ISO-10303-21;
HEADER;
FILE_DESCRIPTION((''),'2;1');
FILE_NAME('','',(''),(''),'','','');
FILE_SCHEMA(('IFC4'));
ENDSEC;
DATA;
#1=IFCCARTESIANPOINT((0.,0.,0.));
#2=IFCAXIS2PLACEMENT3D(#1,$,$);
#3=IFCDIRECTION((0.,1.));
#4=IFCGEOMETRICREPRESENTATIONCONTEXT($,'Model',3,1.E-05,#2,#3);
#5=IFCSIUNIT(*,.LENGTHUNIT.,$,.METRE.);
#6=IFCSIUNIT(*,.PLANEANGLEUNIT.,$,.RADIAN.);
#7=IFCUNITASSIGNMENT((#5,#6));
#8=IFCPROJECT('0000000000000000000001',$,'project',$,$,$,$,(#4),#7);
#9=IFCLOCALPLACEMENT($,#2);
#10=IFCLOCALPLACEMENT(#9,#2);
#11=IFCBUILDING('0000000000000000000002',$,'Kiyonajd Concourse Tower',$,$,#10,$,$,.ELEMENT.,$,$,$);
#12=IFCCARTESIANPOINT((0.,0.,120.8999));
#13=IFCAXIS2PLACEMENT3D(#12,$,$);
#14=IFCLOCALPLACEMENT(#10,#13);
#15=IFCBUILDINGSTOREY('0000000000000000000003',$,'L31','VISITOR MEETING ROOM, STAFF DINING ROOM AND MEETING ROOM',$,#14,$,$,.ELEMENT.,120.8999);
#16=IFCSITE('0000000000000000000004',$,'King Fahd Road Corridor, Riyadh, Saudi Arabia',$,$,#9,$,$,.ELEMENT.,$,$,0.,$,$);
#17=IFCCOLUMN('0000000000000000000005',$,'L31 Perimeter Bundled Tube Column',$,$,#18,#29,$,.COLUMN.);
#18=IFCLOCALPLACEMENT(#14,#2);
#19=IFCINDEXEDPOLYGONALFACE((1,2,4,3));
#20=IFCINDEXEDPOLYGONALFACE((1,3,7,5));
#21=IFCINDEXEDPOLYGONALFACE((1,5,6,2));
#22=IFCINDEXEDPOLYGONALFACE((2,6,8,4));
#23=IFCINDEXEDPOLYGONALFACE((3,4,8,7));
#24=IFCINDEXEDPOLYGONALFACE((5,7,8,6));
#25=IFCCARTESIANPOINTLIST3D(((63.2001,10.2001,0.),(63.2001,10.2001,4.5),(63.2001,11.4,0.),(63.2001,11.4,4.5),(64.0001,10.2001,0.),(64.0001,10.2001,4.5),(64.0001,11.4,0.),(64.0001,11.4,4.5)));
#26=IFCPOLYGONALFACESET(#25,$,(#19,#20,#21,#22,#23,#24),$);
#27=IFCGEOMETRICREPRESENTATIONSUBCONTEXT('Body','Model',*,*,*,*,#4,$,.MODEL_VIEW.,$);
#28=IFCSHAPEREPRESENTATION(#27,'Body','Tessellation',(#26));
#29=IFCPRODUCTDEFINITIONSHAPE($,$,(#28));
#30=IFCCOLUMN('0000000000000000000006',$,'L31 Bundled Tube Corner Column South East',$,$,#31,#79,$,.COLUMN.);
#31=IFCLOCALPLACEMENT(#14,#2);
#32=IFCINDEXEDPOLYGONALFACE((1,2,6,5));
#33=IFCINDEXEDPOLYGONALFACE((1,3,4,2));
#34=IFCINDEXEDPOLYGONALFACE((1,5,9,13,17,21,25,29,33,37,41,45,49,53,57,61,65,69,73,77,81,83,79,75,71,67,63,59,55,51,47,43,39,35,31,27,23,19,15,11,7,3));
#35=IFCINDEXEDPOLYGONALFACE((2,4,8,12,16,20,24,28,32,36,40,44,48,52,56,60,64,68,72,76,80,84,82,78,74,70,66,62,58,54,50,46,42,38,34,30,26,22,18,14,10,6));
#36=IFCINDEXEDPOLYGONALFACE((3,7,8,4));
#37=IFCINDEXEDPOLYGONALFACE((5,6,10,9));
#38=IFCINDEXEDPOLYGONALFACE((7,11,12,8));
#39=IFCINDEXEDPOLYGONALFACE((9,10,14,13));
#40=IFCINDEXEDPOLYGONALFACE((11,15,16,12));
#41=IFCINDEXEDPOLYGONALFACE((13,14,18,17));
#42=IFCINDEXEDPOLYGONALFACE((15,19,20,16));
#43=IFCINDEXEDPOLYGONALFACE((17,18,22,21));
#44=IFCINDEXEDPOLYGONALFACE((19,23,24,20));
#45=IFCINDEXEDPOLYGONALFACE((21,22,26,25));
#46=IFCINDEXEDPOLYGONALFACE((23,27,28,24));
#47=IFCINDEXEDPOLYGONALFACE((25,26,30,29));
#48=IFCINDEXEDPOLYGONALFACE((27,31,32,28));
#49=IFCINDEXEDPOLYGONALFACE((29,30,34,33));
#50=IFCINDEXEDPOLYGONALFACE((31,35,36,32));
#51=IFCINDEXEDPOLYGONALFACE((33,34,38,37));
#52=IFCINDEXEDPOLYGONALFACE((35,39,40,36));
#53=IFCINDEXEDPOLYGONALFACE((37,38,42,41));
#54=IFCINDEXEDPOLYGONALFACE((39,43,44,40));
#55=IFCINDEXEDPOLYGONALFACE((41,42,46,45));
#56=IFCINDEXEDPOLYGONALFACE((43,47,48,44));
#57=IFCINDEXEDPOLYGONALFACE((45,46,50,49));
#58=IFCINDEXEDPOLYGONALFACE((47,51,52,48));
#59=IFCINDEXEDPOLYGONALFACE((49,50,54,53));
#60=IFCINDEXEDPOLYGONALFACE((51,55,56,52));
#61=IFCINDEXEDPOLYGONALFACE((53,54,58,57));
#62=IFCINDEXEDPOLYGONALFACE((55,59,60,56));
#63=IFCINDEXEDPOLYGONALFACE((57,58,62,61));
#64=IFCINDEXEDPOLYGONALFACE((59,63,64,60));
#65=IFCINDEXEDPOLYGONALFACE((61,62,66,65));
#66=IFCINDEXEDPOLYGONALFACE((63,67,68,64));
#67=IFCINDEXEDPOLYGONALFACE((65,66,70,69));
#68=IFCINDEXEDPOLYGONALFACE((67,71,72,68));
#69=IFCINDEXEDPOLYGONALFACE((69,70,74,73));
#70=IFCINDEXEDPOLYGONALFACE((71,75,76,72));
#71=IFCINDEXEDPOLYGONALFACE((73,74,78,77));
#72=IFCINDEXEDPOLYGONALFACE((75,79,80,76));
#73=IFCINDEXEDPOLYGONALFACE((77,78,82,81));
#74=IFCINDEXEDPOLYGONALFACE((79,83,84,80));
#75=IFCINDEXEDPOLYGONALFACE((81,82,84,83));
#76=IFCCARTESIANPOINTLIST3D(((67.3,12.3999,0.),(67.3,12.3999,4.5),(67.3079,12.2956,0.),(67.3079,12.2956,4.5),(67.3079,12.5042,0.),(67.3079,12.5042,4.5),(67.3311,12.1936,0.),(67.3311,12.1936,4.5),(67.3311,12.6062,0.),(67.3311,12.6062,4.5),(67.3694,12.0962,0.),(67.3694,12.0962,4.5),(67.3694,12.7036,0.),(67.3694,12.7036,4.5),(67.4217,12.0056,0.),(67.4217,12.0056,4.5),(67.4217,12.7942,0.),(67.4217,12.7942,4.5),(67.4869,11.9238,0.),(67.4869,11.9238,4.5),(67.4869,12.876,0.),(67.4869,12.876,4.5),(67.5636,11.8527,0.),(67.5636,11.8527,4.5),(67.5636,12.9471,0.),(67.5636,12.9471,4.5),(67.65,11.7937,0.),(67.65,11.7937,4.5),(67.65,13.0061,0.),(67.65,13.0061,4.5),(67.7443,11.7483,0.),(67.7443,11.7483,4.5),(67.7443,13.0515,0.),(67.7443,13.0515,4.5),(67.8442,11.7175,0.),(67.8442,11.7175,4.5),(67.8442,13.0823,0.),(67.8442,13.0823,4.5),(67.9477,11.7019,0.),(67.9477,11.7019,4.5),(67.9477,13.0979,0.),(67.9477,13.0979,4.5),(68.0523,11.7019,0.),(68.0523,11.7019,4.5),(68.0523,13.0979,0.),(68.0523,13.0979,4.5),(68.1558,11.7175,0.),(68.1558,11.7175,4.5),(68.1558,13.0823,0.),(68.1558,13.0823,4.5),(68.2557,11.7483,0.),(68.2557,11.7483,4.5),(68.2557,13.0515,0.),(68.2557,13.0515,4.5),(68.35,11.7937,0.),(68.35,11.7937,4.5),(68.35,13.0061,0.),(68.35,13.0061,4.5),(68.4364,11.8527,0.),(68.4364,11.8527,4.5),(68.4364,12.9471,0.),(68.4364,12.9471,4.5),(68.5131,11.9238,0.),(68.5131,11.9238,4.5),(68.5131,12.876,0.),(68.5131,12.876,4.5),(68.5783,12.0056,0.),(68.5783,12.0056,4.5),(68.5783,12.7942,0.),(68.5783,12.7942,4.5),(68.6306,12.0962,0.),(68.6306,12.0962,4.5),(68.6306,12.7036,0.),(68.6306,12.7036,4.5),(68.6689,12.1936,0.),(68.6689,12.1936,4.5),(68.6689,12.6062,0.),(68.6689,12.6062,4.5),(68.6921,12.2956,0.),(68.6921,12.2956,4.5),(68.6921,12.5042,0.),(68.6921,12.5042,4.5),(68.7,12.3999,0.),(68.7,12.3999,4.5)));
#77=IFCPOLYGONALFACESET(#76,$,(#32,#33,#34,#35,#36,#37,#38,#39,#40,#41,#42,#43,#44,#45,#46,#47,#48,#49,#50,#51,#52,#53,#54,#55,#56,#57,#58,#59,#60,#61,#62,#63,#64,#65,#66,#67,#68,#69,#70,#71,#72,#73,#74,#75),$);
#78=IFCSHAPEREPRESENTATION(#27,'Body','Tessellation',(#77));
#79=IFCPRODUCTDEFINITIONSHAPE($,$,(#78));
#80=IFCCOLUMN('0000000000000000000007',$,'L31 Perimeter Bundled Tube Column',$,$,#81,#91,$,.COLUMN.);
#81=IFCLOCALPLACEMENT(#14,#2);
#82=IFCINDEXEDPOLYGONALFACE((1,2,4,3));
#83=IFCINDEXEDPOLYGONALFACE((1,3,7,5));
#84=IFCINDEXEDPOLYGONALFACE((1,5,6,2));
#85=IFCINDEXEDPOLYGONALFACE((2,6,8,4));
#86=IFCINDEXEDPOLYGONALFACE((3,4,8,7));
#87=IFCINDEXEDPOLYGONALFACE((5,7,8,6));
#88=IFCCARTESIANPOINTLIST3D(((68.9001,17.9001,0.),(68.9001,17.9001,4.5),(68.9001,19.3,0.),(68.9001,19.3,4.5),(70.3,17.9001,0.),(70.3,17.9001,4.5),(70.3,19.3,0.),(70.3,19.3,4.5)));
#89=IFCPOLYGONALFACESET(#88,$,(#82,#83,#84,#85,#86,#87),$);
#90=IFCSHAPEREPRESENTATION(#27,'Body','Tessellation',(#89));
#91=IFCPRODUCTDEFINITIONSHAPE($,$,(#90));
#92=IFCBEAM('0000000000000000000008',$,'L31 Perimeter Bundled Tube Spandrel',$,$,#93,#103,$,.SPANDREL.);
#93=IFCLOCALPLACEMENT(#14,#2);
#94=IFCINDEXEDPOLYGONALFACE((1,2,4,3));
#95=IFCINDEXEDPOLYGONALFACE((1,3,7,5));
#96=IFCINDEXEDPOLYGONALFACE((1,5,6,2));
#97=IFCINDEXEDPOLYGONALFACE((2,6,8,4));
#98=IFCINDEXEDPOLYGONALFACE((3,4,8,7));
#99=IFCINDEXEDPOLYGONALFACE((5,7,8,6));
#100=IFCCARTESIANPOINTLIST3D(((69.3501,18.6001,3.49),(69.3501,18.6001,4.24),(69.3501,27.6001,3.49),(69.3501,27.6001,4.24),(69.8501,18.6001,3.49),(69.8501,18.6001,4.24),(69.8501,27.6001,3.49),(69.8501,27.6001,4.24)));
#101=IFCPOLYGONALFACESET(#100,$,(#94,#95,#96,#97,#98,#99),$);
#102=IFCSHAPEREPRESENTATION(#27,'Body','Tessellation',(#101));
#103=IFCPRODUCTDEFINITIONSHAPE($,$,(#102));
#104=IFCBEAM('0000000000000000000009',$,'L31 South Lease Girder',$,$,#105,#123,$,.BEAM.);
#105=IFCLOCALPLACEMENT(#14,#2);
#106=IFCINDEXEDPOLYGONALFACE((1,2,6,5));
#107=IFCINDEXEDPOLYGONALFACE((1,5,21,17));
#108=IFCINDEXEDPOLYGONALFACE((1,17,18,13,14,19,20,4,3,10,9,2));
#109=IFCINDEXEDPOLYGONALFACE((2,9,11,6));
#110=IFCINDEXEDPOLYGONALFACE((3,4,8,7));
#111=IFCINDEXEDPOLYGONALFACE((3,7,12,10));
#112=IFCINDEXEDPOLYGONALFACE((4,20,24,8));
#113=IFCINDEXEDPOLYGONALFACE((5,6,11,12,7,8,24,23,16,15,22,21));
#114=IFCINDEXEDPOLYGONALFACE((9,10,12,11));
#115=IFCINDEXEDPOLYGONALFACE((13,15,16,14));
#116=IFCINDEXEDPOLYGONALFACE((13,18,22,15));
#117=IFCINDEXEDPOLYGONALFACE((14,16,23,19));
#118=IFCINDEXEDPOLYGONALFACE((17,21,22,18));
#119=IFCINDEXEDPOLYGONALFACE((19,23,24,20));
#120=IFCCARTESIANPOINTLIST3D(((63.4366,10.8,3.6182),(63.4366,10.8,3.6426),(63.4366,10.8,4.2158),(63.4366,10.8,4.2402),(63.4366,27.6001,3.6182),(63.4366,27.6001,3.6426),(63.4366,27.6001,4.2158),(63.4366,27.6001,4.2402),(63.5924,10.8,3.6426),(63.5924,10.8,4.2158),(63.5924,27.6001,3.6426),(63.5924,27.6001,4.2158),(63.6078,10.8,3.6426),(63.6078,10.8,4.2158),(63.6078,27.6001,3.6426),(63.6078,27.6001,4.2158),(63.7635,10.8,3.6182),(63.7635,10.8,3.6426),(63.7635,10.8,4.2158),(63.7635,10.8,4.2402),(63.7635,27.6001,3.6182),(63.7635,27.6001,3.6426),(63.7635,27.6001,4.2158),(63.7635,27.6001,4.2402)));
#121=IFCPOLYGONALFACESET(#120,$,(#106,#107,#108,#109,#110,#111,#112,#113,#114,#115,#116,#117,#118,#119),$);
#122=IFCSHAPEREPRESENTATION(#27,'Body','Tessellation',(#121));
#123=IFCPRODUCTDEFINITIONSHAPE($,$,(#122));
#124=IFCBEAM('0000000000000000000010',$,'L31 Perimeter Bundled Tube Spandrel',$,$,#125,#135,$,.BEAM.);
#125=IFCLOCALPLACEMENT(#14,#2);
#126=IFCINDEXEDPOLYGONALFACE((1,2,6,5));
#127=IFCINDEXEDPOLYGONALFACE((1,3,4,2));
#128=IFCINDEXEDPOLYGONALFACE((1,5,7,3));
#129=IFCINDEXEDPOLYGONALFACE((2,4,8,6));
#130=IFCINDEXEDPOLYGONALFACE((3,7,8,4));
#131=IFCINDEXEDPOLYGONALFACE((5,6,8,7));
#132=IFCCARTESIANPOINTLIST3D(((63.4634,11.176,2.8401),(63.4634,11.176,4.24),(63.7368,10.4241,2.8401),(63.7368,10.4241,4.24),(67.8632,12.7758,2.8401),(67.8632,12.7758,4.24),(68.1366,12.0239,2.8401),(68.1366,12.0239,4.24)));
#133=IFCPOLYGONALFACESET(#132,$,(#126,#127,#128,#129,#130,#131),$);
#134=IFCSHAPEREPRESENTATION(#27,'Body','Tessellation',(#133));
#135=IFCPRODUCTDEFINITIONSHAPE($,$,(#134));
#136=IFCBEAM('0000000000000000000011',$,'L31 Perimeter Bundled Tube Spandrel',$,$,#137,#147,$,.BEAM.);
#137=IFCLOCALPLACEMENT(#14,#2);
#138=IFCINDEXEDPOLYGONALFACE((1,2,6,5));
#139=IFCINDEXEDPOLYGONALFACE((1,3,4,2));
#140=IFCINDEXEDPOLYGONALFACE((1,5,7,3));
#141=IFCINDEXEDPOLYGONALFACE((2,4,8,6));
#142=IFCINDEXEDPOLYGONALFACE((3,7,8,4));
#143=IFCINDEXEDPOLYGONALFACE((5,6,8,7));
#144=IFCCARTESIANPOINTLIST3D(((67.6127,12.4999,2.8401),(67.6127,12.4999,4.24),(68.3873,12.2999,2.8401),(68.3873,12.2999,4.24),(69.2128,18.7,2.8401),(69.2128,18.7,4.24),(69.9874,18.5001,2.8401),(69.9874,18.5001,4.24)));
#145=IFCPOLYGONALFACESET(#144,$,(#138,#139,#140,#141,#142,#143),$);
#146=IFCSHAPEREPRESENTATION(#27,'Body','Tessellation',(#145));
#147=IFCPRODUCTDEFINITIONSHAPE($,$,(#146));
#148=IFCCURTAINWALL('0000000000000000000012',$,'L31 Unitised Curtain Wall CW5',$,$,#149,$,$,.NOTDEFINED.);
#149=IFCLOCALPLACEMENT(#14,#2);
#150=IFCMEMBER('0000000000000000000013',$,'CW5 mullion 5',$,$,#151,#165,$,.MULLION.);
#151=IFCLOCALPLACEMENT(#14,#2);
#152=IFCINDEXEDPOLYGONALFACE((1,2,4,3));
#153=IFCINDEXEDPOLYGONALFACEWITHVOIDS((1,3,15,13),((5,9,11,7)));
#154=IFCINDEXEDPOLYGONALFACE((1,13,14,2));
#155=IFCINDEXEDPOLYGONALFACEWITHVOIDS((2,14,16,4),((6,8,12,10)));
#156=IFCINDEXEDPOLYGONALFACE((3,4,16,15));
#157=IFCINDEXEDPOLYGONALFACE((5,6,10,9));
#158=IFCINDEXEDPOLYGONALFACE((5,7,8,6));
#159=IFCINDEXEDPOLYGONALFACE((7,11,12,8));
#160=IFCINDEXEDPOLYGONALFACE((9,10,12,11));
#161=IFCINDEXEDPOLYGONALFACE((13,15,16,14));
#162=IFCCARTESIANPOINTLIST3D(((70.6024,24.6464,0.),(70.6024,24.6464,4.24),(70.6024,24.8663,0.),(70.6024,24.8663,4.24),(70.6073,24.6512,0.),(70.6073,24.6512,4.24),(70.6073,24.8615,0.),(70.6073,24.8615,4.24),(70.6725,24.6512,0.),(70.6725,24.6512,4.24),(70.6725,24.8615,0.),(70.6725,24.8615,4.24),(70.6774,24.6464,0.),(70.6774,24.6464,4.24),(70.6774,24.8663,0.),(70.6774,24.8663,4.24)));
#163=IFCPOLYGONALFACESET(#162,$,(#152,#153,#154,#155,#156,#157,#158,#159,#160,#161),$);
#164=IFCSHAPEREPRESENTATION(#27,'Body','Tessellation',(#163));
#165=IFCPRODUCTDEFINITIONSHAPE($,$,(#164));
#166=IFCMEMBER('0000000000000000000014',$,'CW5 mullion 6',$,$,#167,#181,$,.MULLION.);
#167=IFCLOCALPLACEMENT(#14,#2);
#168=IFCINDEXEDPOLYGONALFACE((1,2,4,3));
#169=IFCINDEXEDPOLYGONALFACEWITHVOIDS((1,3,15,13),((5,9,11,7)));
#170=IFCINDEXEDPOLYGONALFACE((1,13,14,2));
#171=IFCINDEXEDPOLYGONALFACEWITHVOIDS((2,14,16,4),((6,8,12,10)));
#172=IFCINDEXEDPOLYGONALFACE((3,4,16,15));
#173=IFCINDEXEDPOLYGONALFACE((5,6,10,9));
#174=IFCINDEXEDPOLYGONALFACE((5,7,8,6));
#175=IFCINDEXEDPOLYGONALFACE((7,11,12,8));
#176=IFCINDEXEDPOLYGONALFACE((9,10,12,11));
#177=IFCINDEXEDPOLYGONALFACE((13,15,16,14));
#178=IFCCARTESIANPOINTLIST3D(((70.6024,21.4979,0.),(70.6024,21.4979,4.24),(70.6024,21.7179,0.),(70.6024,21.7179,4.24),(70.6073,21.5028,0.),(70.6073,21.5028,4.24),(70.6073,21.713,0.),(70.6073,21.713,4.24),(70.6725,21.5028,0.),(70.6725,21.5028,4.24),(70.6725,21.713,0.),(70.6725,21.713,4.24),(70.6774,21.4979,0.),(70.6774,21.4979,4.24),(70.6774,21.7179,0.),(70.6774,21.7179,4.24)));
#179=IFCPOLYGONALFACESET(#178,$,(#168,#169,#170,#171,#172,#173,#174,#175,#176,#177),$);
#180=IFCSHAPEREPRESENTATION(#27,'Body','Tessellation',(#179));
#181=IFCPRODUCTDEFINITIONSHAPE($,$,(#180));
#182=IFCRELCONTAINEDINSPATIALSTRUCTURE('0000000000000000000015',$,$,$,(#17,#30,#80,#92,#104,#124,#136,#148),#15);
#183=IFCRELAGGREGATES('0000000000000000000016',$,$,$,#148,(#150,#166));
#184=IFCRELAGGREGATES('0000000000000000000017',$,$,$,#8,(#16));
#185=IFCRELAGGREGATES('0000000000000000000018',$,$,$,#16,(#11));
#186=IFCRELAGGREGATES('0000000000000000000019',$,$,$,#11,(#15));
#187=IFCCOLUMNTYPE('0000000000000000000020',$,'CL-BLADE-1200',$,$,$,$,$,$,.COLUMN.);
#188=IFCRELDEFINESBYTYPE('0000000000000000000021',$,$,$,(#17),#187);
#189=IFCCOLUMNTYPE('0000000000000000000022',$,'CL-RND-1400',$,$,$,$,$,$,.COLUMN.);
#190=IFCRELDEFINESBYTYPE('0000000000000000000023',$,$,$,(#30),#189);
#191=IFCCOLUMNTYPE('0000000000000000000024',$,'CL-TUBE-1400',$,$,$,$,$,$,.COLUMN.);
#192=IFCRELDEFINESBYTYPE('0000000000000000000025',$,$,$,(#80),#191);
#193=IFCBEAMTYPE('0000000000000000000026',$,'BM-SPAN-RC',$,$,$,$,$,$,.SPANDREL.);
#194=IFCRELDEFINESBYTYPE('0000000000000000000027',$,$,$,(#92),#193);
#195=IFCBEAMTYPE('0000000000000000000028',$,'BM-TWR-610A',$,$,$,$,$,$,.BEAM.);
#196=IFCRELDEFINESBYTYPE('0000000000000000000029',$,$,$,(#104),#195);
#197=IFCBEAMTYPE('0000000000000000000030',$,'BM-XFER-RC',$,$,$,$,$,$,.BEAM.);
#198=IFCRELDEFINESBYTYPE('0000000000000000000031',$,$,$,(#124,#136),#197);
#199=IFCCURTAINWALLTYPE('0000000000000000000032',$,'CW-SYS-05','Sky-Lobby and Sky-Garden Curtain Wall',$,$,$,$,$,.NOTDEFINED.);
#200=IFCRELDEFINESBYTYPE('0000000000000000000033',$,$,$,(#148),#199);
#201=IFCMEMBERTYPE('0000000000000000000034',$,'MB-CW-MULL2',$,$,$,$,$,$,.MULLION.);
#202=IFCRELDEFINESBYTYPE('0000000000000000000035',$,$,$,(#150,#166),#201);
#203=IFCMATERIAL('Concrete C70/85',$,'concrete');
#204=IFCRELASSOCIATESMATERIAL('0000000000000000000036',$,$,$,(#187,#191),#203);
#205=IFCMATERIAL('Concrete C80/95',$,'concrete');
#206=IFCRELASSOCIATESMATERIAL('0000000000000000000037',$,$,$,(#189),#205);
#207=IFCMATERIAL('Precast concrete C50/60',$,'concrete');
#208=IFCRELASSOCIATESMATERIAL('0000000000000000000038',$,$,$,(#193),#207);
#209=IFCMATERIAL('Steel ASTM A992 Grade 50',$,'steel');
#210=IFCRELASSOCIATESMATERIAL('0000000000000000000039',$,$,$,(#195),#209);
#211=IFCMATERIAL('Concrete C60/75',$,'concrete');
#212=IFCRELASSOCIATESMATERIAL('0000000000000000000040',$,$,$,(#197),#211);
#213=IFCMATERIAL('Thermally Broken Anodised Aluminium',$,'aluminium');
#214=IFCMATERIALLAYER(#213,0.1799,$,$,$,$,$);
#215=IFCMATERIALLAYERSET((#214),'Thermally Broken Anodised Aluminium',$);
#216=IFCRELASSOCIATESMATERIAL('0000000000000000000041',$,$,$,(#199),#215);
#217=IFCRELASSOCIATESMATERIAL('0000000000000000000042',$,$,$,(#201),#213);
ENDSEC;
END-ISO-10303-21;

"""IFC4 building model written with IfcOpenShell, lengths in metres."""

from ifc_helpers import new_model, si_unit, direction, frame, origin, origin_2d, place, context, subcontext, project, spatial, rectangle, hollow_rectangle, circle, i_section, extrude, material, layer, layer_set, material_profile, profile_set, type_object, element, aggregate, save


model = new_model("IFC4")

# Units and contexts
model_context = context("Model", 3, precision=1e-05, world=origin(), true_north=direction((0.0, 1.0)))
body_context = subcontext(model_context, "Body", "Model", "MODEL_VIEW")
ifc_project = project(units=[si_unit("LENGTHUNIT", "METRE"), si_unit("PLANEANGLEUNIT", "RADIAN")], contexts=[model_context])

# Site, building, storey
site_placement = place(None, origin())
site = spatial("IfcSite", under=ifc_project, at=site_placement, Name="King Fahd Road Corridor, Riyadh, Saudi Arabia", CompositionType="ELEMENT", RefElevation=0.0)
building_placement = place(site_placement, origin())
building = spatial("IfcBuilding", under=site, at=building_placement, Name="Kiyonajd Concourse Tower", CompositionType="ELEMENT")
storey_placement = place(building_placement, frame((0.0, 0.0, 120.8999)))
storey = spatial("IfcBuildingStorey", under=building, at=storey_placement, Name="L31", Description="VISITOR MEETING ROOM, STAFF DINING ROOM AND MEETING ROOM", CompositionType="ELEMENT", Elevation=120.8999)

# Columns
ifc_material_1 = material(Name="Concrete C70/85", Category="concrete")
ifc_material_profile_1 = material_profile(ifc_material_1, rectangle(XDim=0.8, YDim=1.2, at=origin_2d()), Name="RC-1200x800")
ifc_profile_set_1 = profile_set([ifc_material_profile_1], Name="Concrete C70/85")
column_type_1 = type_object("IfcColumnType", Name="CL-BLADE-1200", PredefinedType="COLUMN", material=ifc_profile_set_1)
column_1_placement = place(storey_placement, frame((63.6001, 10.8, 0.0), z_axis=(0.0, 0.0, 1.0), x_axis=(1.0, 0.0, 0.0)))
element("IfcColumn", 1, at=column_1_placement, inside=storey, type_object=column_type_1, Name="L31 Perimeter Bundled Tube Column", PredefinedType="COLUMN", context=body_context, shape_type="SweptSolid", body=[
    extrude(rectangle(XDim=0.8, YDim=1.2, at=origin_2d()), origin(), (0.0, 0.0, 1.0), 4.5),
])
ifc_material_2 = material(Name="Concrete C80/95", Category="concrete")
ifc_material_profile_2 = material_profile(ifc_material_2, circle(Radius=0.7, at=origin_2d()), Name="RCC-D1400")
ifc_profile_set_2 = profile_set([ifc_material_profile_2], Name="Concrete C80/95")
column_type_2 = type_object("IfcColumnType", Name="CL-RND-1400", PredefinedType="COLUMN", material=ifc_profile_set_2)
column_2_placement = place(storey_placement, frame((68.0, 12.3999, 0.0), z_axis=(0.0, 0.0, 1.0), x_axis=(1.0, 0.0, 0.0)))
element("IfcColumn", 2, at=column_2_placement, inside=storey, type_object=column_type_2, Name="L31 Bundled Tube Corner Column South East", PredefinedType="COLUMN", context=body_context, shape_type="SweptSolid", body=[
    extrude(circle(Radius=0.7, at=origin_2d()), origin(), (0.0, 0.0, 1.0), 4.5),
])
ifc_material_profile_3 = material_profile(ifc_material_1, rectangle(XDim=1.3999, YDim=1.3999, at=origin_2d()), Name="RC-1400x1400")
ifc_profile_set_3 = profile_set([ifc_material_profile_3], Name="Concrete C70/85")
column_type_3 = type_object("IfcColumnType", Name="CL-TUBE-1400", PredefinedType="COLUMN", material=ifc_profile_set_3)
column_3_placement = place(storey_placement, frame((69.6001, 18.6001, 0.0), z_axis=(0.0, 0.0, 1.0), x_axis=(1.0, 0.0, 0.0)))
element("IfcColumn", 3, at=column_3_placement, inside=storey, type_object=column_type_3, Name="L31 Perimeter Bundled Tube Column", PredefinedType="COLUMN", context=body_context, shape_type="SweptSolid", body=[
    extrude(rectangle(XDim=1.3999, YDim=1.3999, at=origin_2d()), origin(), (0.0, 0.0, 1.0), 4.5),
])

# Beams
ifc_material_3 = material(Name="Precast concrete C50/60", Category="concrete")
ifc_material_profile_4 = material_profile(ifc_material_3, rectangle(XDim=0.5, YDim=0.75, at=origin_2d()), Name="RCBM-500x750")
ifc_profile_set_4 = profile_set([ifc_material_profile_4], Name="Precast concrete C50/60")
beam_type_1 = type_object("IfcBeamType", Name="BM-SPAN-RC", PredefinedType="SPANDREL", material=ifc_profile_set_4)
beam_1_placement = place(storey_placement, frame((69.6001, 18.6001, 3.865), z_axis=(0.0, 1.0, 0.0), x_axis=(-1.0, 0.0, 0.0)))
element("IfcBeam", 4, at=beam_1_placement, inside=storey, type_object=beam_type_1, Name="L31 Perimeter Bundled Tube Spandrel", PredefinedType="SPANDREL", context=body_context, shape_type="SweptSolid", body=[
    extrude(rectangle(XDim=0.5, YDim=0.75, at=origin_2d()), origin(), (0.0, 0.0, 1.0), 9.0),
])
ifc_material_4 = material(Name="Steel ASTM A992 Grade 50", Category="steel")
ifc_material_profile_5 = material_profile(ifc_material_4, i_section(OverallWidth=0.3269, OverallDepth=0.6221, WebThickness=0.0154, FlangeThickness=0.0244, at=origin_2d()), Name="W610X195")
ifc_profile_set_5 = profile_set([ifc_material_profile_5], Name="Steel ASTM A992 Grade 50")
beam_type_2 = type_object("IfcBeamType", Name="BM-TWR-610A", PredefinedType="BEAM", material=ifc_profile_set_5)
beam_2_placement = place(storey_placement, frame((63.6001, 10.8, 3.9292), z_axis=(0.0, 1.0, 0.0), x_axis=(-1.0, 0.0, 0.0)))
element("IfcBeam", 5, at=beam_2_placement, inside=storey, type_object=beam_type_2, Name="L31 South Lease Girder", PredefinedType="BEAM", context=body_context, shape_type="SweptSolid", body=[
    extrude(i_section(OverallWidth=0.3269, OverallDepth=0.6221, WebThickness=0.0154, FlangeThickness=0.0244, at=origin_2d()), origin(), (0.0, 0.0, 1.0), 16.8),
])
ifc_material_5 = material(Name="Concrete C60/75", Category="concrete")
ifc_material_profile_6 = material_profile(ifc_material_5, rectangle(XDim=0.8, YDim=1.3999, at=origin_2d()), Name="RCBM-800x1400")
ifc_profile_set_6 = profile_set([ifc_material_profile_6], Name="Concrete C60/75")
beam_type_3 = type_object("IfcBeamType", Name="BM-XFER-RC", PredefinedType="BEAM", material=ifc_profile_set_6)
beam_3_placement = place(storey_placement, frame((63.6001, 10.8, 3.54), z_axis=(0.939801, 0.341722, 0.0), x_axis=(-0.341722, 0.939801, 0.0)))
element("IfcBeam", 6, at=beam_3_placement, inside=storey, type_object=beam_type_3, Name="L31 Perimeter Bundled Tube Spandrel", PredefinedType="BEAM", context=body_context, shape_type="SweptSolid", body=[
    extrude(rectangle(XDim=0.8, YDim=1.3999, at=origin_2d()), origin(), (0.0, 0.0, 1.0), 4.6816),
])
beam_4_placement = place(storey_placement, frame((68.0, 12.3999, 3.54), z_axis=(0.249885, 0.968276, 0.0), x_axis=(-0.968276, 0.249885, 0.0)))
element("IfcBeam", 7, at=beam_4_placement, inside=storey, type_object=beam_type_3, Name="L31 Perimeter Bundled Tube Spandrel", PredefinedType="BEAM", context=body_context, shape_type="SweptSolid", body=[
    extrude(rectangle(XDim=0.8, YDim=1.3999, at=origin_2d()), origin(), (0.0, 0.0, 1.0), 6.4033),
])

# Curtain wall, members
ifc_material_6 = material(Name="Thermally Broken Anodised Aluminium", Category="aluminium")
ifc_layer_1 = layer(ifc_material_6, 0.1799)
ifc_layer_set_1 = layer_set([ifc_layer_1], Name="Thermally Broken Anodised Aluminium")
curtain_wall_type = type_object("IfcCurtainWallType", Name="CW-SYS-05", Description="Sky-Lobby and Sky-Garden Curtain Wall", PredefinedType="NOTDEFINED", material=ifc_layer_set_1)
curtain_wall_placement = place(storey_placement, origin())
curtain_wall = element("IfcCurtainWall", 8, at=curtain_wall_placement, inside=storey, type_object=curtain_wall_type, Name="L31 Unitised Curtain Wall CW5", PredefinedType="NOTDEFINED")
ifc_material_profile_7 = material_profile(ifc_material_6, hollow_rectangle(XDim=0.075, YDim=0.22, WallThickness=0.0049, at=origin_2d()), Name="MULL-75x220")
ifc_profile_set_7 = profile_set([ifc_material_profile_7], Name="Thermally Broken Anodised Aluminium")
member_type_1 = type_object("IfcMemberType", Name="MB-CW-MULL2", PredefinedType="MULLION", material=ifc_profile_set_7)
member_1_placement = place(storey_placement, frame((70.6399, 24.7563, 0.0), z_axis=(0.0, 0.0, 1.0), x_axis=(1.0, 0.0, 0.0)))
member_1 = element("IfcMember", 9, at=member_1_placement, type_object=member_type_1, Name="CW5 mullion 5", PredefinedType="MULLION", context=body_context, shape_type="SweptSolid", body=[
    extrude(hollow_rectangle(XDim=0.075, YDim=0.22, WallThickness=0.0049, at=origin_2d()), origin(), (0.0, 0.0, 1.0), 4.24),
])
member_2_placement = place(storey_placement, frame((70.6399, 21.6079, 0.0), z_axis=(0.0, 0.0, 1.0), x_axis=(1.0, 0.0, 0.0)))
member_2 = element("IfcMember", 10, at=member_2_placement, type_object=member_type_1, Name="CW5 mullion 6", PredefinedType="MULLION", context=body_context, shape_type="SweptSolid", body=[
    extrude(hollow_rectangle(XDim=0.075, YDim=0.22, WallThickness=0.0049, at=origin_2d()), origin(), (0.0, 0.0, 1.0), 4.24),
])
aggregate(curtain_wall, [member_1, member_2])

save(model, "model.ifc")
